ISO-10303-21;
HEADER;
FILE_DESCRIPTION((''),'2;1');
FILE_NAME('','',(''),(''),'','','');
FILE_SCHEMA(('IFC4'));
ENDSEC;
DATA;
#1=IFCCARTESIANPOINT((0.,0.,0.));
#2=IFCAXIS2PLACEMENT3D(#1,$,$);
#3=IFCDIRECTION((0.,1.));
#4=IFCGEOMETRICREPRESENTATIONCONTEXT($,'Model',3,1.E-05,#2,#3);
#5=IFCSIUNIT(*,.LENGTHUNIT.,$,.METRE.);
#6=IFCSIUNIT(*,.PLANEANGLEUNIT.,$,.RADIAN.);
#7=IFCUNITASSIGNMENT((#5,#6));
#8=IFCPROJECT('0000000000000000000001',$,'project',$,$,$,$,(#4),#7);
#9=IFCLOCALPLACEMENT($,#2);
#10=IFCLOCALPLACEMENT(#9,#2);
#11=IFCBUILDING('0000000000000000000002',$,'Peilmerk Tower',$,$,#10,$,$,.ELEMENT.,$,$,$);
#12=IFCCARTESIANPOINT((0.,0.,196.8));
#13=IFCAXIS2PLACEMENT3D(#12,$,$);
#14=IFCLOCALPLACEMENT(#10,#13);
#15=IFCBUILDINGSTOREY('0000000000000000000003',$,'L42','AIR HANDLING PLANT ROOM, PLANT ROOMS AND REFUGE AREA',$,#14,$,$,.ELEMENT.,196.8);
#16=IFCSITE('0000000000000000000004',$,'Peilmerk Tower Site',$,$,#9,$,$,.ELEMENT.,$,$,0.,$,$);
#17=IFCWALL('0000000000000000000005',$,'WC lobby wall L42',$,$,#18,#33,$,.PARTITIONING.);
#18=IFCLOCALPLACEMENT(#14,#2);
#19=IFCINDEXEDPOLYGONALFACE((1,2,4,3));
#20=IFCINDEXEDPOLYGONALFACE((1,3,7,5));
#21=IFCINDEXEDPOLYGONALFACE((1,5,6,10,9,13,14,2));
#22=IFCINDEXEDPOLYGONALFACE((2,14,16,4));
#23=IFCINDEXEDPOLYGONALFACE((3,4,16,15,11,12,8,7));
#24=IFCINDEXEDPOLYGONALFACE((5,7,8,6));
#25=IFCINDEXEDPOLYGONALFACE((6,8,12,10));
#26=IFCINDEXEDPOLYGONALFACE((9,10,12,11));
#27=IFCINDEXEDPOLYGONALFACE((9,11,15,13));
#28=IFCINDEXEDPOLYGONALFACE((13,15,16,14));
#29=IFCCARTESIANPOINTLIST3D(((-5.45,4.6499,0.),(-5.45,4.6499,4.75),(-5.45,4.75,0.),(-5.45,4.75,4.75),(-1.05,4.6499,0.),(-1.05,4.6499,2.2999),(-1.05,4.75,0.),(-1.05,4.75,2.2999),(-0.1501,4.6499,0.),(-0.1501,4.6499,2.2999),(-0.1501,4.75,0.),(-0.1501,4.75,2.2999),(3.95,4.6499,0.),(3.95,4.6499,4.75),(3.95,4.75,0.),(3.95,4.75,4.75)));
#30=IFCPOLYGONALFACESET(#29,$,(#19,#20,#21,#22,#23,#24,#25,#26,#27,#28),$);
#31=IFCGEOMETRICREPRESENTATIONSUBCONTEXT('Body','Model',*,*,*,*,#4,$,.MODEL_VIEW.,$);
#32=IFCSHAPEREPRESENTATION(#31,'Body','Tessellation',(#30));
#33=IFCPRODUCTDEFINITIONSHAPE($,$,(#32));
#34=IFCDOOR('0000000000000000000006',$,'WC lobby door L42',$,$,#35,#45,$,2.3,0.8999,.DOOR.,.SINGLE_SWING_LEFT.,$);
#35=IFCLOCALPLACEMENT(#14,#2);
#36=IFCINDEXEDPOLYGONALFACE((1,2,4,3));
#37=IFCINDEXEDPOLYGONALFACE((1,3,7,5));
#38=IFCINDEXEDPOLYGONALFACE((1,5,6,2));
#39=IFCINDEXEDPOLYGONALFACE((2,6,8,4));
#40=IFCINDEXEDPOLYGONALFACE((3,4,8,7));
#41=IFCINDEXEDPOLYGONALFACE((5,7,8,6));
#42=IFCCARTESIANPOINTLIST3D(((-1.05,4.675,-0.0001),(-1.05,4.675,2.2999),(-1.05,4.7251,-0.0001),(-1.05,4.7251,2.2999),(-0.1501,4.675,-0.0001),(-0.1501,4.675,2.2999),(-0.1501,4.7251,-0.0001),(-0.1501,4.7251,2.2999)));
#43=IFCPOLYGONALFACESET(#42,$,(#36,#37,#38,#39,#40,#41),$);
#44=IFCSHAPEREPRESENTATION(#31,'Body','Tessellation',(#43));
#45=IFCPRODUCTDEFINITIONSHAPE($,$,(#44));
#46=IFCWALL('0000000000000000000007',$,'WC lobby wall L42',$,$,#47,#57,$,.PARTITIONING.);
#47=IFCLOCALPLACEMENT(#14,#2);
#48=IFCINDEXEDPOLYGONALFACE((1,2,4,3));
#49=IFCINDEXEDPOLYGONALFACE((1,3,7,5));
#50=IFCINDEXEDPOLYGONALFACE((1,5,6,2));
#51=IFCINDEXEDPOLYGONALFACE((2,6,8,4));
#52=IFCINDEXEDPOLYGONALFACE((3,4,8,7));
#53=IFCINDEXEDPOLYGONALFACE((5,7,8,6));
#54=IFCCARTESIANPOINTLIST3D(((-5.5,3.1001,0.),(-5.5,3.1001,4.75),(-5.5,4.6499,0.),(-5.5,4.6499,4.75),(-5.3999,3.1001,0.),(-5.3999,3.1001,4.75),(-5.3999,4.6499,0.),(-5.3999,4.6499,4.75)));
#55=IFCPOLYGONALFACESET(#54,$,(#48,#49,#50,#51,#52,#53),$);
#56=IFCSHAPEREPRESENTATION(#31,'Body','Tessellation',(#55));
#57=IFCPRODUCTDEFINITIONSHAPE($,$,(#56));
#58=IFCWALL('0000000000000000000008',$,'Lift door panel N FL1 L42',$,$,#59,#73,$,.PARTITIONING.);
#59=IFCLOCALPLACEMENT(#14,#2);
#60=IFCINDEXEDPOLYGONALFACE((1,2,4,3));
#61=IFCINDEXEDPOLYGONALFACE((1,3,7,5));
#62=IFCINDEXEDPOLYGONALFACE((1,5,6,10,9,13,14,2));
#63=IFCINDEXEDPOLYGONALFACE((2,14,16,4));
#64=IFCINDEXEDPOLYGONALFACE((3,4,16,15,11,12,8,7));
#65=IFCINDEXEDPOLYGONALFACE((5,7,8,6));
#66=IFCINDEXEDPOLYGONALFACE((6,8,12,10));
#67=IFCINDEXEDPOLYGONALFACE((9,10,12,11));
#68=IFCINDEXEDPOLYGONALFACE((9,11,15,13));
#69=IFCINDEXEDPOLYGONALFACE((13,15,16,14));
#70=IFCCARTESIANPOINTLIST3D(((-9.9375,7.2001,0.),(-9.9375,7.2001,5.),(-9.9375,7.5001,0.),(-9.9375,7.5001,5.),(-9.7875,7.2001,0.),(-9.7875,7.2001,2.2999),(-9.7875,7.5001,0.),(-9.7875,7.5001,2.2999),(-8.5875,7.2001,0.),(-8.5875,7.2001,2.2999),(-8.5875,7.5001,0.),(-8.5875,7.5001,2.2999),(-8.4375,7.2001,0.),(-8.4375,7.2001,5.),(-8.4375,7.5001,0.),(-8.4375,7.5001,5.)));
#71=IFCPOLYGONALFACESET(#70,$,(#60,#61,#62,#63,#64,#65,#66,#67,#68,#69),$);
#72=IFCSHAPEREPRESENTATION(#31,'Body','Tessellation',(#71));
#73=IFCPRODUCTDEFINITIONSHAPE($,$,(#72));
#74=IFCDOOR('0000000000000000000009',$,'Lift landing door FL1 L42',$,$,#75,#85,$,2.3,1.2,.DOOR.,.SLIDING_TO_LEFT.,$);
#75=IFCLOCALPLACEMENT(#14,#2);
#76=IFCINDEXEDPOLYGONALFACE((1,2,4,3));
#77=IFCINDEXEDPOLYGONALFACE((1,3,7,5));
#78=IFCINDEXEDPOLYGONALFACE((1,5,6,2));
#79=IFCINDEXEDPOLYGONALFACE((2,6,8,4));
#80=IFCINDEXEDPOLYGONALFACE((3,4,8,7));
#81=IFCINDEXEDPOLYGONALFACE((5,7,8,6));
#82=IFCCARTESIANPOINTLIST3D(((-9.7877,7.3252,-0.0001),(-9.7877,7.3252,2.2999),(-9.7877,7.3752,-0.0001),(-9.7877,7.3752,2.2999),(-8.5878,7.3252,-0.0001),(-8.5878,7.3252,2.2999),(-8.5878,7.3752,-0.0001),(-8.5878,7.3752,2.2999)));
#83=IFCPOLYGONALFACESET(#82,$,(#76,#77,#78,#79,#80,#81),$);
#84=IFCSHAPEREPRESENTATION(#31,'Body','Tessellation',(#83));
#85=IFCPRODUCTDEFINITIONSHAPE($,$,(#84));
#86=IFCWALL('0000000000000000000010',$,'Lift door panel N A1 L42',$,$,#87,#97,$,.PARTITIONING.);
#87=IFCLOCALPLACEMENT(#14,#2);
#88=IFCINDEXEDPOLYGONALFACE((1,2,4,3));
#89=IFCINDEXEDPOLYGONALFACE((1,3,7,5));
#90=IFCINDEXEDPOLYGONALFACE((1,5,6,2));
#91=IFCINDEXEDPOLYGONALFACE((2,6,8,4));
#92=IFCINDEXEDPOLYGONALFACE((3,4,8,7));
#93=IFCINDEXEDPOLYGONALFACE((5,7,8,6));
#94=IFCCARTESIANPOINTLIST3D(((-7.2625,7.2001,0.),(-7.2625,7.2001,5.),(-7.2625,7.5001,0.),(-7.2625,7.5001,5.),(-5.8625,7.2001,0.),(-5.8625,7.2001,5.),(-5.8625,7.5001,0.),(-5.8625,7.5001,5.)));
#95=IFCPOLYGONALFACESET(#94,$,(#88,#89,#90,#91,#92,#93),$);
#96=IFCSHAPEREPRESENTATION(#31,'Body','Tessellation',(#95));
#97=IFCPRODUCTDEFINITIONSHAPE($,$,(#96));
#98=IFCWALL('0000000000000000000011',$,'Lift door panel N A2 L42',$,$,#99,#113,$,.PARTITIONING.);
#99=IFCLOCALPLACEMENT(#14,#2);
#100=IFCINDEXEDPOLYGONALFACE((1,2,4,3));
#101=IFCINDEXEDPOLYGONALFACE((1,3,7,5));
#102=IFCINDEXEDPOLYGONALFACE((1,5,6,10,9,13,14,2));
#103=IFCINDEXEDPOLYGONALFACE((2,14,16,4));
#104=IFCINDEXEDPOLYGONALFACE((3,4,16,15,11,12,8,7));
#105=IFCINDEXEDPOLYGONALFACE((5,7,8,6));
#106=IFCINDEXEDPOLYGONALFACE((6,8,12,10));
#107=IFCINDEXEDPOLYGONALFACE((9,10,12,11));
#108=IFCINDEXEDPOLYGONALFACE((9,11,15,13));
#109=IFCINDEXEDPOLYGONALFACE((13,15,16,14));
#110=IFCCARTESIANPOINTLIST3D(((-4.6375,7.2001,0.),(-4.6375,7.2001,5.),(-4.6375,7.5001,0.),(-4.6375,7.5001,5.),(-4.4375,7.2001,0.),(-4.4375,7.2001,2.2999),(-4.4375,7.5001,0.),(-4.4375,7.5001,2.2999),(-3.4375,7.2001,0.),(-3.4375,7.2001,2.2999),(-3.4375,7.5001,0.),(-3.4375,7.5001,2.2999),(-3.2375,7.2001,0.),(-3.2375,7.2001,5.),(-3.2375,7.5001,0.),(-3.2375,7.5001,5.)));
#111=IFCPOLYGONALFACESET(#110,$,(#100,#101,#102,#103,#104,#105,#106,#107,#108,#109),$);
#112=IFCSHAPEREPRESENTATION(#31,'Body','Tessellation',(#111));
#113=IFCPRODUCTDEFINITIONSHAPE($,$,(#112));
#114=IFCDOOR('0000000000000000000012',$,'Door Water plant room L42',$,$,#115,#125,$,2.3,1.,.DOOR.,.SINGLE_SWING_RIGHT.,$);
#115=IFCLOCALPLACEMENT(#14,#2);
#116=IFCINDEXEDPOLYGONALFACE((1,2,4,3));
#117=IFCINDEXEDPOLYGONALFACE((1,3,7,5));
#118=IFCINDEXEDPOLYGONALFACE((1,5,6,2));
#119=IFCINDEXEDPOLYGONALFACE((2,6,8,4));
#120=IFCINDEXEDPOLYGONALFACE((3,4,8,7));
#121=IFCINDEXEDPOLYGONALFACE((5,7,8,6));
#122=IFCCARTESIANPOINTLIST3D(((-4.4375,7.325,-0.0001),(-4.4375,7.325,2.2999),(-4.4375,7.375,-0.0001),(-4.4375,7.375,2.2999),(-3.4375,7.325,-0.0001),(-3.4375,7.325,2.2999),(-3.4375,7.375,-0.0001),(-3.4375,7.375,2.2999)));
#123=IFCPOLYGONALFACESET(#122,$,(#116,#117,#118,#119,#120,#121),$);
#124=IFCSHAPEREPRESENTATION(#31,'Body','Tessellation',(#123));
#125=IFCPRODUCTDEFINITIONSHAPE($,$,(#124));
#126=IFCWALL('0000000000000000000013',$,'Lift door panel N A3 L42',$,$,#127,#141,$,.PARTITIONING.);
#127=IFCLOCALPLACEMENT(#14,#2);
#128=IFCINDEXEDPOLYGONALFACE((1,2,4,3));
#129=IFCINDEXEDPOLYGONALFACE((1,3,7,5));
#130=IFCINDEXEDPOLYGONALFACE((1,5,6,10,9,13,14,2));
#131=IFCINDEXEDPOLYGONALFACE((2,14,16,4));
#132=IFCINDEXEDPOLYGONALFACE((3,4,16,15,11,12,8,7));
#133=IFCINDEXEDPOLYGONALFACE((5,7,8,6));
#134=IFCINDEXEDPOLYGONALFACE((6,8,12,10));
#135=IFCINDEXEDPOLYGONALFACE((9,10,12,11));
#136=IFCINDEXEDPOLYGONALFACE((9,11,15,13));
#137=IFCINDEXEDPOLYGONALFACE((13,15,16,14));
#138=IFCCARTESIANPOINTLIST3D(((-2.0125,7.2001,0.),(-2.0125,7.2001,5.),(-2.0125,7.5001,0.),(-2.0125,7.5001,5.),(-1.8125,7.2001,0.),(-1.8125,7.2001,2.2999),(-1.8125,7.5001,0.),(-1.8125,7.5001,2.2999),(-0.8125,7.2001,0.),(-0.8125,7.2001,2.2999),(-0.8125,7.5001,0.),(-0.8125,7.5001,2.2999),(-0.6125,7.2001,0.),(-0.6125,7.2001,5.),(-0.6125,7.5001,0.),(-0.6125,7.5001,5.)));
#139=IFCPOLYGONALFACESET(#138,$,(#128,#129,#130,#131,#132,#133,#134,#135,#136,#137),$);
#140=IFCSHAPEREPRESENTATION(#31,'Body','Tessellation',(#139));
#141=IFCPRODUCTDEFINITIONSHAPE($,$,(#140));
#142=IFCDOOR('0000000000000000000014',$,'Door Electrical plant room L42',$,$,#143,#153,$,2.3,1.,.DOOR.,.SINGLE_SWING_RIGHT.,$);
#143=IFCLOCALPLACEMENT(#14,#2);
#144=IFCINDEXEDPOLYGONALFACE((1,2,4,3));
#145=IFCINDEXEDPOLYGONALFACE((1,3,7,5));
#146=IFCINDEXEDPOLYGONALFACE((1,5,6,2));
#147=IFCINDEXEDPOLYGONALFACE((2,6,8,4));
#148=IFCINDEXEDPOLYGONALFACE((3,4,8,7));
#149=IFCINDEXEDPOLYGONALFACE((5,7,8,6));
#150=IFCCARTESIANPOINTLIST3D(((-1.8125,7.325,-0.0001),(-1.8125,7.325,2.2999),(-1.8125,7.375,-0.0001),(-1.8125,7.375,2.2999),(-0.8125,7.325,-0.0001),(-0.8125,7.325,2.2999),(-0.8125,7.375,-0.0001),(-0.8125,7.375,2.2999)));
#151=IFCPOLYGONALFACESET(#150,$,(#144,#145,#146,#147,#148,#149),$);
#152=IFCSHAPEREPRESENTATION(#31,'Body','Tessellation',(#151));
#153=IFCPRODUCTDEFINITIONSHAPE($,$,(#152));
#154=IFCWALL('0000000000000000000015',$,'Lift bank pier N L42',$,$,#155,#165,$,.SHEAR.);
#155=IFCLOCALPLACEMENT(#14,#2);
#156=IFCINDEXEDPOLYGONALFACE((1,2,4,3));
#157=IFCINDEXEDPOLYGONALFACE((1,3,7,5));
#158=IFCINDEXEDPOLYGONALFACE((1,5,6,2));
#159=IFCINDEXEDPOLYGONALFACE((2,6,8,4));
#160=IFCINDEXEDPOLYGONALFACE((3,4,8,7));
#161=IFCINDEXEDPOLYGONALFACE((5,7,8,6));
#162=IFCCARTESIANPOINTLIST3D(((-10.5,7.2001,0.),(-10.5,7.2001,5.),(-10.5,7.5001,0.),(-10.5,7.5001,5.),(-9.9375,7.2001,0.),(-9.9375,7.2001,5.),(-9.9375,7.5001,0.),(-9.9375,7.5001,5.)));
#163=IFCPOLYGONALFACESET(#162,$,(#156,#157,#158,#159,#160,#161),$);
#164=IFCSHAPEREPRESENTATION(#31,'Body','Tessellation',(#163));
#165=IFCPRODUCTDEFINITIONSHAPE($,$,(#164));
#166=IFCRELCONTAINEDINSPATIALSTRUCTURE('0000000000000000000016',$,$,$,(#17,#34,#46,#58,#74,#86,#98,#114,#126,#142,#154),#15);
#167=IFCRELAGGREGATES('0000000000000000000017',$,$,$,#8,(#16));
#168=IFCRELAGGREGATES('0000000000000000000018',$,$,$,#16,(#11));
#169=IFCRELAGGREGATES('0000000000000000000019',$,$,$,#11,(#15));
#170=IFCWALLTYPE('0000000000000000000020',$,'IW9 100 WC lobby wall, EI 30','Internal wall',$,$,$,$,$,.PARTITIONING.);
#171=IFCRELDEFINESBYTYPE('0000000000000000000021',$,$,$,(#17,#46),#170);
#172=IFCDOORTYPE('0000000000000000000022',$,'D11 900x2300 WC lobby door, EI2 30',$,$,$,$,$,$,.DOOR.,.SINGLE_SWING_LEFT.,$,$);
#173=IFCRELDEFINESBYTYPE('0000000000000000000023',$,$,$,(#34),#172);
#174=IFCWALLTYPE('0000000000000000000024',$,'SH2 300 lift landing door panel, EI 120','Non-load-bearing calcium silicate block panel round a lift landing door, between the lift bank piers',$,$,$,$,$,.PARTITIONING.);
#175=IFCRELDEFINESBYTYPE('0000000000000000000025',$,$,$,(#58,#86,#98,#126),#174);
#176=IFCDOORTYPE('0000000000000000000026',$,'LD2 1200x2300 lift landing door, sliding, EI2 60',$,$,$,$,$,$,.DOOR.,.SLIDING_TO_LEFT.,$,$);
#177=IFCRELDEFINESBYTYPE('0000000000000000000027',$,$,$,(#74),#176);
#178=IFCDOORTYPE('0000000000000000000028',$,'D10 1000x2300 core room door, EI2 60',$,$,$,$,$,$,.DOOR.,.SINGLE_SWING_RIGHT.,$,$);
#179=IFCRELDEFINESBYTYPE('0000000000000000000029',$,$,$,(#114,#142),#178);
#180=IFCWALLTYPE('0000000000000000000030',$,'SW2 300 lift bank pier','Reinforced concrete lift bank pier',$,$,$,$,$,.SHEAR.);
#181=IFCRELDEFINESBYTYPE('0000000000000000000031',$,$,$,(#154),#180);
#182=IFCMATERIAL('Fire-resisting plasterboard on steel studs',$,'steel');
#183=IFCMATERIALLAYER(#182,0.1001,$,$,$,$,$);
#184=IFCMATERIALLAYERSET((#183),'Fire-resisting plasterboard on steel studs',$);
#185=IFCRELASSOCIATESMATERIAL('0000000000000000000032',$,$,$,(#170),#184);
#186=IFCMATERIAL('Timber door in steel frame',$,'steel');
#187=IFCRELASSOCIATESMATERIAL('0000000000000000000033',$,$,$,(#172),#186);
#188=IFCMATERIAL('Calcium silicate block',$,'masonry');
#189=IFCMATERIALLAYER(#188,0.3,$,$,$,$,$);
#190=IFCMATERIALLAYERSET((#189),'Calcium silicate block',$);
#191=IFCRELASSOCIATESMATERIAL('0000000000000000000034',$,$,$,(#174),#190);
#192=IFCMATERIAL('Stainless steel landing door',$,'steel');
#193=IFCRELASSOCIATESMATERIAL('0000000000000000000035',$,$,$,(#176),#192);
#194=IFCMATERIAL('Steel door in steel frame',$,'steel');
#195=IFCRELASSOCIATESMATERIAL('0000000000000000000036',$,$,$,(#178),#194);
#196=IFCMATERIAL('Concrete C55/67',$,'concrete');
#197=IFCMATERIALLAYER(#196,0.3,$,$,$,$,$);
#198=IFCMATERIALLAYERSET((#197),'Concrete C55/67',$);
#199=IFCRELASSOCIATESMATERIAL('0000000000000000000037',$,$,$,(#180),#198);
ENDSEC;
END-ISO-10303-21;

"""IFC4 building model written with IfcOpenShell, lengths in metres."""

from ifc_helpers import new_model, si_unit, direction, frame, frame_2d, origin, place, context, subcontext, project, spatial, rectangle, extrude, material, layer, layer_set, type_object, element, fill, save


model = new_model("IFC4")

# Units and contexts
model_context = context("Model", 3, precision=1e-05, world=origin(), true_north=direction((0.0, 1.0)))
body_context = subcontext(model_context, "Body", "Model", "MODEL_VIEW")
ifc_project = project(units=[si_unit("LENGTHUNIT", "METRE"), si_unit("PLANEANGLEUNIT", "RADIAN")], contexts=[model_context])

# Site, building, storey
site_placement = place(None, origin())
site = spatial("IfcSite", under=ifc_project, at=site_placement, Name="Peilmerk Tower Site", CompositionType="ELEMENT", RefElevation=0.0)
building_placement = place(site_placement, origin())
building = spatial("IfcBuilding", under=site, at=building_placement, Name="Peilmerk Tower", CompositionType="ELEMENT")
storey_placement = place(building_placement, frame((0.0, 0.0, 196.8)))
storey = spatial("IfcBuildingStorey", under=building, at=storey_placement, Name="L42", Description="AIR HANDLING PLANT ROOM, PLANT ROOMS AND REFUGE AREA", CompositionType="ELEMENT", Elevation=196.8)

# Shared definitions
ifc_material_1 = material(Name="Concrete C55/67", Category="concrete")

# Shared definitions
ifc_material_2 = material(Name="Steel door in steel frame", Category="steel")

# Shared definitions
ifc_material_3 = material(Name="Timber door in steel frame", Category="steel")

# Wall, opening, door
ifc_material_4 = material(Name="Fire-resisting plasterboard on steel studs", Category="steel")
ifc_layer_1 = layer(ifc_material_4, 0.1001)
ifc_layer_set_1 = layer_set([ifc_layer_1], Name="Fire-resisting plasterboard on steel studs")
wall_type_1 = type_object("IfcWallType", Name="IW9 100 WC lobby wall, EI 30", Description="Internal wall", PredefinedType="PARTITIONING", material=ifc_layer_set_1)
wall_1_placement = place(storey_placement, frame((-5.45, 4.7, 0.0), z_axis=(0.0, 0.0, 1.0), x_axis=(1.0, 0.0, 0.0)))
wall_1 = element("IfcWall", 1, at=wall_1_placement, inside=storey, type_object=wall_type_1, Name="WC lobby wall L42", PredefinedType="PARTITIONING", context=body_context, shape_type="SweptSolid", body=[
    extrude(rectangle(XDim=9.3999, YDim=0.1001, at=frame_2d((4.7, 0.0))), origin(), (0.0, 0.0, 1.0), 4.75),
])
opening_1_placement = place(wall_1_placement, frame((4.3999, 0.0, 0.0)))
opening_1 = element("IfcOpeningElement", 2, at=opening_1_placement, cuts=wall_1, PredefinedType="OPENING", context=body_context, shape_type="SweptSolid", body=[
    extrude(rectangle(XDim=0.8999, YDim=2.3, at=frame_2d((0.45, 1.1499))), frame((0.0, 0.0601, 0.0), z_axis=(0.0, -1.0, 0.0), x_axis=(1.0, 0.0, 0.0)), (0.0, 0.0, 1.0), 0.1201),
])
door_type_1 = type_object("IfcDoorType", Name="D11 900x2300 WC lobby door, EI2 30", OperationType="SINGLE_SWING_LEFT", PredefinedType="DOOR", material=ifc_material_3)
door_1_placement = place(opening_1_placement, frame((0.8999, 0.0, 0.0), z_axis=(0.0, 0.0, 1.0), x_axis=(-1.0, 0.0, 0.0)))
door_1 = element("IfcDoor", 3, at=door_1_placement, inside=storey, type_object=door_type_1, Name="WC lobby door L42", OperationType="SINGLE_SWING_LEFT", OverallHeight=2.3, OverallWidth=0.8999, PredefinedType="DOOR", context=body_context, shape_type="SweptSolid", body=[
    extrude(rectangle(XDim=0.8999, YDim=2.3, at=frame_2d((0.45, 1.1499))), frame((0.0, 0.0249, 0.0), z_axis=(0.0, -1.0, 0.0), x_axis=(1.0, 0.0, 0.0)), (0.0, 0.0, 1.0), 0.05),
])
fill(opening_1, door_1)

# Wall
wall_2_placement = place(storey_placement, frame((-5.45, 3.1001, 0.0), z_axis=(0.0, 0.0, 1.0), x_axis=(0.0, 1.0, 0.0)))
element("IfcWall", 4, at=wall_2_placement, inside=storey, type_object=wall_type_1, Name="WC lobby wall L42", PredefinedType="PARTITIONING", context=body_context, shape_type="SweptSolid", body=[
    extrude(rectangle(XDim=1.5498, YDim=0.1001, at=frame_2d((0.7749, 0.0))), origin(), (0.0, 0.0, 1.0), 4.75),
])

# Wall, opening, door
ifc_material_5 = material(Name="Calcium silicate block", Category="masonry")
ifc_layer_2 = layer(ifc_material_5, 0.3)
ifc_layer_set_2 = layer_set([ifc_layer_2], Name="Calcium silicate block")
wall_type_2 = type_object("IfcWallType", Name="SH2 300 lift landing door panel, EI 120", Description="Non-load-bearing calcium silicate block panel round a lift landing door, between the lift bank piers", PredefinedType="PARTITIONING", material=ifc_layer_set_2)
wall_3_placement = place(storey_placement, frame((-9.9375, 7.3501, 0.0), z_axis=(0.0, 0.0, 1.0), x_axis=(1.0, 0.0, 0.0)))
wall_3 = element("IfcWall", 5, at=wall_3_placement, inside=storey, type_object=wall_type_2, Name="Lift door panel N FL1 L42", PredefinedType="PARTITIONING", context=body_context, shape_type="SweptSolid", body=[
    extrude(rectangle(XDim=1.5, YDim=0.3, at=frame_2d((0.75, 0.0))), origin(), (0.0, 0.0, 1.0), 5.0),
])
opening_2_placement = place(wall_3_placement, frame((0.1499, 0.0, 0.0)))
opening_2 = element("IfcOpeningElement", 6, at=opening_2_placement, cuts=wall_3, PredefinedType="OPENING", context=body_context, shape_type="SweptSolid", body=[
    extrude(rectangle(XDim=1.2, YDim=2.3, at=frame_2d((0.6001, 1.1499))), frame((0.0, 0.1599, 0.0), z_axis=(0.0, -1.0, 0.0), x_axis=(1.0, 0.0, 0.0)), (0.0, 0.0, 1.0), 0.3201),
])
ifc_material_6 = material(Name="Stainless steel landing door", Category="steel")
door_type_2 = type_object("IfcDoorType", Name="LD2 1200x2300 lift landing door, sliding, EI2 60", OperationType="SLIDING_TO_LEFT", PredefinedType="DOOR", material=ifc_material_6)
door_2_placement = place(opening_2_placement, frame((1.2, 0.0, 0.0), z_axis=(0.0, 0.0, 1.0), x_axis=(-1.0, 0.0, 0.0)))
door_2 = element("IfcDoor", 7, at=door_2_placement, inside=storey, type_object=door_type_2, Name="Lift landing door FL1 L42", OperationType="SLIDING_TO_LEFT", OverallHeight=2.3, OverallWidth=1.2, PredefinedType="DOOR", context=body_context, shape_type="SweptSolid", body=[
    extrude(rectangle(XDim=1.2, YDim=2.3, at=frame_2d((0.6001, 1.1499))), frame((0.0, 0.0249, 0.0), z_axis=(0.0, -1.0, 0.0), x_axis=(1.0, 0.0, 0.0)), (0.0, 0.0, 1.0), 0.05),
])
fill(opening_2, door_2)

# Wall
wall_4_placement = place(storey_placement, frame((-7.2625, 7.3501, 0.0), z_axis=(0.0, 0.0, 1.0), x_axis=(1.0, 0.0, 0.0)))
element("IfcWall", 8, at=wall_4_placement, inside=storey, type_object=wall_type_2, Name="Lift door panel N A1 L42", PredefinedType="PARTITIONING", context=body_context, shape_type="SweptSolid", body=[
    extrude(rectangle(XDim=1.3999, YDim=0.3, at=frame_2d((0.7, 0.0))), origin(), (0.0, 0.0, 1.0), 5.0),
])

# Walls, openings, doors
wall_5_placement = place(storey_placement, frame((-4.6375, 7.3501, 0.0), z_axis=(0.0, 0.0, 1.0), x_axis=(1.0, 0.0, 0.0)))
wall_5 = element("IfcWall", 9, at=wall_5_placement, inside=storey, type_object=wall_type_2, Name="Lift door panel N A2 L42", PredefinedType="PARTITIONING", context=body_context, shape_type="SweptSolid", body=[
    extrude(rectangle(XDim=1.3999, YDim=0.3, at=frame_2d((0.7, 0.0))), origin(), (0.0, 0.0, 1.0), 5.0),
])
opening_3_placement = place(wall_5_placement, frame((0.2, 0.0, 0.0)))
opening_3 = element("IfcOpeningElement", 10, at=opening_3_placement, cuts=wall_5, PredefinedType="OPENING", context=body_context, shape_type="SweptSolid", body=[
    extrude(rectangle(XDim=1.0, YDim=2.3, at=frame_2d((0.5, 1.1499))), frame((0.0, 0.1599, 0.0), z_axis=(0.0, -1.0, 0.0), x_axis=(1.0, 0.0, 0.0)), (0.0, 0.0, 1.0), 0.3201),
])
door_type_3 = type_object("IfcDoorType", Name="D10 1000x2300 core room door, EI2 60", OperationType="SINGLE_SWING_RIGHT", PredefinedType="DOOR", material=ifc_material_2)
door_3_placement = place(opening_3_placement, origin())
door_3 = element("IfcDoor", 11, at=door_3_placement, inside=storey, type_object=door_type_3, Name="Door Water plant room L42", OperationType="SINGLE_SWING_RIGHT", OverallHeight=2.3, OverallWidth=1.0, PredefinedType="DOOR", context=body_context, shape_type="SweptSolid", body=[
    extrude(rectangle(XDim=1.0, YDim=2.3, at=frame_2d((0.5, 1.1499))), frame((0.0, 0.0249, 0.0), z_axis=(0.0, -1.0, 0.0), x_axis=(1.0, 0.0, 0.0)), (0.0, 0.0, 1.0), 0.05),
])
fill(opening_3, door_3)
wall_6_placement = place(storey_placement, frame((-2.0125, 7.3501, 0.0), z_axis=(0.0, 0.0, 1.0), x_axis=(1.0, 0.0, 0.0)))
wall_6 = element("IfcWall", 12, at=wall_6_placement, inside=storey, type_object=wall_type_2, Name="Lift door panel N A3 L42", PredefinedType="PARTITIONING", context=body_context, shape_type="SweptSolid", body=[
    extrude(rectangle(XDim=1.3999, YDim=0.3, at=frame_2d((0.7, 0.0))), origin(), (0.0, 0.0, 1.0), 5.0),
])
opening_4_placement = place(wall_6_placement, frame((0.2, 0.0, 0.0)))
opening_4 = element("IfcOpeningElement", 13, at=opening_4_placement, cuts=wall_6, PredefinedType="OPENING", context=body_context, shape_type="SweptSolid", body=[
    extrude(rectangle(XDim=1.0, YDim=2.3, at=frame_2d((0.5, 1.1499))), frame((0.0, 0.1599, 0.0), z_axis=(0.0, -1.0, 0.0), x_axis=(1.0, 0.0, 0.0)), (0.0, 0.0, 1.0), 0.3201),
])
door_4_placement = place(opening_4_placement, origin())
door_4 = element("IfcDoor", 14, at=door_4_placement, inside=storey, type_object=door_type_3, Name="Door Electrical plant room L42", OperationType="SINGLE_SWING_RIGHT", OverallHeight=2.3, OverallWidth=1.0, PredefinedType="DOOR", context=body_context, shape_type="SweptSolid", body=[
    extrude(rectangle(XDim=1.0, YDim=2.3, at=frame_2d((0.5, 1.1499))), frame((0.0, 0.0249, 0.0), z_axis=(0.0, -1.0, 0.0), x_axis=(1.0, 0.0, 0.0)), (0.0, 0.0, 1.0), 0.05),
])
fill(opening_4, door_4)

# Wall
ifc_layer_3 = layer(ifc_material_1, 0.3)
ifc_layer_set_3 = layer_set([ifc_layer_3], Name="Concrete C55/67")
wall_type_3 = type_object("IfcWallType", Name="SW2 300 lift bank pier", Description="Reinforced concrete lift bank pier", PredefinedType="SHEAR", material=ifc_layer_set_3)
wall_7_placement = place(storey_placement, frame((-10.5, 7.3501, 0.0), z_axis=(0.0, 0.0, 1.0), x_axis=(1.0, 0.0, 0.0)))
element("IfcWall", 15, at=wall_7_placement, inside=storey, type_object=wall_type_3, Name="Lift bank pier N L42", PredefinedType="SHEAR", context=body_context, shape_type="SweptSolid", body=[
    extrude(rectangle(XDim=0.5625, YDim=0.3, at=frame_2d((0.2812, 0.0))), origin(), (0.0, 0.0, 1.0), 5.0),
])

save(model, "model.ifc")
